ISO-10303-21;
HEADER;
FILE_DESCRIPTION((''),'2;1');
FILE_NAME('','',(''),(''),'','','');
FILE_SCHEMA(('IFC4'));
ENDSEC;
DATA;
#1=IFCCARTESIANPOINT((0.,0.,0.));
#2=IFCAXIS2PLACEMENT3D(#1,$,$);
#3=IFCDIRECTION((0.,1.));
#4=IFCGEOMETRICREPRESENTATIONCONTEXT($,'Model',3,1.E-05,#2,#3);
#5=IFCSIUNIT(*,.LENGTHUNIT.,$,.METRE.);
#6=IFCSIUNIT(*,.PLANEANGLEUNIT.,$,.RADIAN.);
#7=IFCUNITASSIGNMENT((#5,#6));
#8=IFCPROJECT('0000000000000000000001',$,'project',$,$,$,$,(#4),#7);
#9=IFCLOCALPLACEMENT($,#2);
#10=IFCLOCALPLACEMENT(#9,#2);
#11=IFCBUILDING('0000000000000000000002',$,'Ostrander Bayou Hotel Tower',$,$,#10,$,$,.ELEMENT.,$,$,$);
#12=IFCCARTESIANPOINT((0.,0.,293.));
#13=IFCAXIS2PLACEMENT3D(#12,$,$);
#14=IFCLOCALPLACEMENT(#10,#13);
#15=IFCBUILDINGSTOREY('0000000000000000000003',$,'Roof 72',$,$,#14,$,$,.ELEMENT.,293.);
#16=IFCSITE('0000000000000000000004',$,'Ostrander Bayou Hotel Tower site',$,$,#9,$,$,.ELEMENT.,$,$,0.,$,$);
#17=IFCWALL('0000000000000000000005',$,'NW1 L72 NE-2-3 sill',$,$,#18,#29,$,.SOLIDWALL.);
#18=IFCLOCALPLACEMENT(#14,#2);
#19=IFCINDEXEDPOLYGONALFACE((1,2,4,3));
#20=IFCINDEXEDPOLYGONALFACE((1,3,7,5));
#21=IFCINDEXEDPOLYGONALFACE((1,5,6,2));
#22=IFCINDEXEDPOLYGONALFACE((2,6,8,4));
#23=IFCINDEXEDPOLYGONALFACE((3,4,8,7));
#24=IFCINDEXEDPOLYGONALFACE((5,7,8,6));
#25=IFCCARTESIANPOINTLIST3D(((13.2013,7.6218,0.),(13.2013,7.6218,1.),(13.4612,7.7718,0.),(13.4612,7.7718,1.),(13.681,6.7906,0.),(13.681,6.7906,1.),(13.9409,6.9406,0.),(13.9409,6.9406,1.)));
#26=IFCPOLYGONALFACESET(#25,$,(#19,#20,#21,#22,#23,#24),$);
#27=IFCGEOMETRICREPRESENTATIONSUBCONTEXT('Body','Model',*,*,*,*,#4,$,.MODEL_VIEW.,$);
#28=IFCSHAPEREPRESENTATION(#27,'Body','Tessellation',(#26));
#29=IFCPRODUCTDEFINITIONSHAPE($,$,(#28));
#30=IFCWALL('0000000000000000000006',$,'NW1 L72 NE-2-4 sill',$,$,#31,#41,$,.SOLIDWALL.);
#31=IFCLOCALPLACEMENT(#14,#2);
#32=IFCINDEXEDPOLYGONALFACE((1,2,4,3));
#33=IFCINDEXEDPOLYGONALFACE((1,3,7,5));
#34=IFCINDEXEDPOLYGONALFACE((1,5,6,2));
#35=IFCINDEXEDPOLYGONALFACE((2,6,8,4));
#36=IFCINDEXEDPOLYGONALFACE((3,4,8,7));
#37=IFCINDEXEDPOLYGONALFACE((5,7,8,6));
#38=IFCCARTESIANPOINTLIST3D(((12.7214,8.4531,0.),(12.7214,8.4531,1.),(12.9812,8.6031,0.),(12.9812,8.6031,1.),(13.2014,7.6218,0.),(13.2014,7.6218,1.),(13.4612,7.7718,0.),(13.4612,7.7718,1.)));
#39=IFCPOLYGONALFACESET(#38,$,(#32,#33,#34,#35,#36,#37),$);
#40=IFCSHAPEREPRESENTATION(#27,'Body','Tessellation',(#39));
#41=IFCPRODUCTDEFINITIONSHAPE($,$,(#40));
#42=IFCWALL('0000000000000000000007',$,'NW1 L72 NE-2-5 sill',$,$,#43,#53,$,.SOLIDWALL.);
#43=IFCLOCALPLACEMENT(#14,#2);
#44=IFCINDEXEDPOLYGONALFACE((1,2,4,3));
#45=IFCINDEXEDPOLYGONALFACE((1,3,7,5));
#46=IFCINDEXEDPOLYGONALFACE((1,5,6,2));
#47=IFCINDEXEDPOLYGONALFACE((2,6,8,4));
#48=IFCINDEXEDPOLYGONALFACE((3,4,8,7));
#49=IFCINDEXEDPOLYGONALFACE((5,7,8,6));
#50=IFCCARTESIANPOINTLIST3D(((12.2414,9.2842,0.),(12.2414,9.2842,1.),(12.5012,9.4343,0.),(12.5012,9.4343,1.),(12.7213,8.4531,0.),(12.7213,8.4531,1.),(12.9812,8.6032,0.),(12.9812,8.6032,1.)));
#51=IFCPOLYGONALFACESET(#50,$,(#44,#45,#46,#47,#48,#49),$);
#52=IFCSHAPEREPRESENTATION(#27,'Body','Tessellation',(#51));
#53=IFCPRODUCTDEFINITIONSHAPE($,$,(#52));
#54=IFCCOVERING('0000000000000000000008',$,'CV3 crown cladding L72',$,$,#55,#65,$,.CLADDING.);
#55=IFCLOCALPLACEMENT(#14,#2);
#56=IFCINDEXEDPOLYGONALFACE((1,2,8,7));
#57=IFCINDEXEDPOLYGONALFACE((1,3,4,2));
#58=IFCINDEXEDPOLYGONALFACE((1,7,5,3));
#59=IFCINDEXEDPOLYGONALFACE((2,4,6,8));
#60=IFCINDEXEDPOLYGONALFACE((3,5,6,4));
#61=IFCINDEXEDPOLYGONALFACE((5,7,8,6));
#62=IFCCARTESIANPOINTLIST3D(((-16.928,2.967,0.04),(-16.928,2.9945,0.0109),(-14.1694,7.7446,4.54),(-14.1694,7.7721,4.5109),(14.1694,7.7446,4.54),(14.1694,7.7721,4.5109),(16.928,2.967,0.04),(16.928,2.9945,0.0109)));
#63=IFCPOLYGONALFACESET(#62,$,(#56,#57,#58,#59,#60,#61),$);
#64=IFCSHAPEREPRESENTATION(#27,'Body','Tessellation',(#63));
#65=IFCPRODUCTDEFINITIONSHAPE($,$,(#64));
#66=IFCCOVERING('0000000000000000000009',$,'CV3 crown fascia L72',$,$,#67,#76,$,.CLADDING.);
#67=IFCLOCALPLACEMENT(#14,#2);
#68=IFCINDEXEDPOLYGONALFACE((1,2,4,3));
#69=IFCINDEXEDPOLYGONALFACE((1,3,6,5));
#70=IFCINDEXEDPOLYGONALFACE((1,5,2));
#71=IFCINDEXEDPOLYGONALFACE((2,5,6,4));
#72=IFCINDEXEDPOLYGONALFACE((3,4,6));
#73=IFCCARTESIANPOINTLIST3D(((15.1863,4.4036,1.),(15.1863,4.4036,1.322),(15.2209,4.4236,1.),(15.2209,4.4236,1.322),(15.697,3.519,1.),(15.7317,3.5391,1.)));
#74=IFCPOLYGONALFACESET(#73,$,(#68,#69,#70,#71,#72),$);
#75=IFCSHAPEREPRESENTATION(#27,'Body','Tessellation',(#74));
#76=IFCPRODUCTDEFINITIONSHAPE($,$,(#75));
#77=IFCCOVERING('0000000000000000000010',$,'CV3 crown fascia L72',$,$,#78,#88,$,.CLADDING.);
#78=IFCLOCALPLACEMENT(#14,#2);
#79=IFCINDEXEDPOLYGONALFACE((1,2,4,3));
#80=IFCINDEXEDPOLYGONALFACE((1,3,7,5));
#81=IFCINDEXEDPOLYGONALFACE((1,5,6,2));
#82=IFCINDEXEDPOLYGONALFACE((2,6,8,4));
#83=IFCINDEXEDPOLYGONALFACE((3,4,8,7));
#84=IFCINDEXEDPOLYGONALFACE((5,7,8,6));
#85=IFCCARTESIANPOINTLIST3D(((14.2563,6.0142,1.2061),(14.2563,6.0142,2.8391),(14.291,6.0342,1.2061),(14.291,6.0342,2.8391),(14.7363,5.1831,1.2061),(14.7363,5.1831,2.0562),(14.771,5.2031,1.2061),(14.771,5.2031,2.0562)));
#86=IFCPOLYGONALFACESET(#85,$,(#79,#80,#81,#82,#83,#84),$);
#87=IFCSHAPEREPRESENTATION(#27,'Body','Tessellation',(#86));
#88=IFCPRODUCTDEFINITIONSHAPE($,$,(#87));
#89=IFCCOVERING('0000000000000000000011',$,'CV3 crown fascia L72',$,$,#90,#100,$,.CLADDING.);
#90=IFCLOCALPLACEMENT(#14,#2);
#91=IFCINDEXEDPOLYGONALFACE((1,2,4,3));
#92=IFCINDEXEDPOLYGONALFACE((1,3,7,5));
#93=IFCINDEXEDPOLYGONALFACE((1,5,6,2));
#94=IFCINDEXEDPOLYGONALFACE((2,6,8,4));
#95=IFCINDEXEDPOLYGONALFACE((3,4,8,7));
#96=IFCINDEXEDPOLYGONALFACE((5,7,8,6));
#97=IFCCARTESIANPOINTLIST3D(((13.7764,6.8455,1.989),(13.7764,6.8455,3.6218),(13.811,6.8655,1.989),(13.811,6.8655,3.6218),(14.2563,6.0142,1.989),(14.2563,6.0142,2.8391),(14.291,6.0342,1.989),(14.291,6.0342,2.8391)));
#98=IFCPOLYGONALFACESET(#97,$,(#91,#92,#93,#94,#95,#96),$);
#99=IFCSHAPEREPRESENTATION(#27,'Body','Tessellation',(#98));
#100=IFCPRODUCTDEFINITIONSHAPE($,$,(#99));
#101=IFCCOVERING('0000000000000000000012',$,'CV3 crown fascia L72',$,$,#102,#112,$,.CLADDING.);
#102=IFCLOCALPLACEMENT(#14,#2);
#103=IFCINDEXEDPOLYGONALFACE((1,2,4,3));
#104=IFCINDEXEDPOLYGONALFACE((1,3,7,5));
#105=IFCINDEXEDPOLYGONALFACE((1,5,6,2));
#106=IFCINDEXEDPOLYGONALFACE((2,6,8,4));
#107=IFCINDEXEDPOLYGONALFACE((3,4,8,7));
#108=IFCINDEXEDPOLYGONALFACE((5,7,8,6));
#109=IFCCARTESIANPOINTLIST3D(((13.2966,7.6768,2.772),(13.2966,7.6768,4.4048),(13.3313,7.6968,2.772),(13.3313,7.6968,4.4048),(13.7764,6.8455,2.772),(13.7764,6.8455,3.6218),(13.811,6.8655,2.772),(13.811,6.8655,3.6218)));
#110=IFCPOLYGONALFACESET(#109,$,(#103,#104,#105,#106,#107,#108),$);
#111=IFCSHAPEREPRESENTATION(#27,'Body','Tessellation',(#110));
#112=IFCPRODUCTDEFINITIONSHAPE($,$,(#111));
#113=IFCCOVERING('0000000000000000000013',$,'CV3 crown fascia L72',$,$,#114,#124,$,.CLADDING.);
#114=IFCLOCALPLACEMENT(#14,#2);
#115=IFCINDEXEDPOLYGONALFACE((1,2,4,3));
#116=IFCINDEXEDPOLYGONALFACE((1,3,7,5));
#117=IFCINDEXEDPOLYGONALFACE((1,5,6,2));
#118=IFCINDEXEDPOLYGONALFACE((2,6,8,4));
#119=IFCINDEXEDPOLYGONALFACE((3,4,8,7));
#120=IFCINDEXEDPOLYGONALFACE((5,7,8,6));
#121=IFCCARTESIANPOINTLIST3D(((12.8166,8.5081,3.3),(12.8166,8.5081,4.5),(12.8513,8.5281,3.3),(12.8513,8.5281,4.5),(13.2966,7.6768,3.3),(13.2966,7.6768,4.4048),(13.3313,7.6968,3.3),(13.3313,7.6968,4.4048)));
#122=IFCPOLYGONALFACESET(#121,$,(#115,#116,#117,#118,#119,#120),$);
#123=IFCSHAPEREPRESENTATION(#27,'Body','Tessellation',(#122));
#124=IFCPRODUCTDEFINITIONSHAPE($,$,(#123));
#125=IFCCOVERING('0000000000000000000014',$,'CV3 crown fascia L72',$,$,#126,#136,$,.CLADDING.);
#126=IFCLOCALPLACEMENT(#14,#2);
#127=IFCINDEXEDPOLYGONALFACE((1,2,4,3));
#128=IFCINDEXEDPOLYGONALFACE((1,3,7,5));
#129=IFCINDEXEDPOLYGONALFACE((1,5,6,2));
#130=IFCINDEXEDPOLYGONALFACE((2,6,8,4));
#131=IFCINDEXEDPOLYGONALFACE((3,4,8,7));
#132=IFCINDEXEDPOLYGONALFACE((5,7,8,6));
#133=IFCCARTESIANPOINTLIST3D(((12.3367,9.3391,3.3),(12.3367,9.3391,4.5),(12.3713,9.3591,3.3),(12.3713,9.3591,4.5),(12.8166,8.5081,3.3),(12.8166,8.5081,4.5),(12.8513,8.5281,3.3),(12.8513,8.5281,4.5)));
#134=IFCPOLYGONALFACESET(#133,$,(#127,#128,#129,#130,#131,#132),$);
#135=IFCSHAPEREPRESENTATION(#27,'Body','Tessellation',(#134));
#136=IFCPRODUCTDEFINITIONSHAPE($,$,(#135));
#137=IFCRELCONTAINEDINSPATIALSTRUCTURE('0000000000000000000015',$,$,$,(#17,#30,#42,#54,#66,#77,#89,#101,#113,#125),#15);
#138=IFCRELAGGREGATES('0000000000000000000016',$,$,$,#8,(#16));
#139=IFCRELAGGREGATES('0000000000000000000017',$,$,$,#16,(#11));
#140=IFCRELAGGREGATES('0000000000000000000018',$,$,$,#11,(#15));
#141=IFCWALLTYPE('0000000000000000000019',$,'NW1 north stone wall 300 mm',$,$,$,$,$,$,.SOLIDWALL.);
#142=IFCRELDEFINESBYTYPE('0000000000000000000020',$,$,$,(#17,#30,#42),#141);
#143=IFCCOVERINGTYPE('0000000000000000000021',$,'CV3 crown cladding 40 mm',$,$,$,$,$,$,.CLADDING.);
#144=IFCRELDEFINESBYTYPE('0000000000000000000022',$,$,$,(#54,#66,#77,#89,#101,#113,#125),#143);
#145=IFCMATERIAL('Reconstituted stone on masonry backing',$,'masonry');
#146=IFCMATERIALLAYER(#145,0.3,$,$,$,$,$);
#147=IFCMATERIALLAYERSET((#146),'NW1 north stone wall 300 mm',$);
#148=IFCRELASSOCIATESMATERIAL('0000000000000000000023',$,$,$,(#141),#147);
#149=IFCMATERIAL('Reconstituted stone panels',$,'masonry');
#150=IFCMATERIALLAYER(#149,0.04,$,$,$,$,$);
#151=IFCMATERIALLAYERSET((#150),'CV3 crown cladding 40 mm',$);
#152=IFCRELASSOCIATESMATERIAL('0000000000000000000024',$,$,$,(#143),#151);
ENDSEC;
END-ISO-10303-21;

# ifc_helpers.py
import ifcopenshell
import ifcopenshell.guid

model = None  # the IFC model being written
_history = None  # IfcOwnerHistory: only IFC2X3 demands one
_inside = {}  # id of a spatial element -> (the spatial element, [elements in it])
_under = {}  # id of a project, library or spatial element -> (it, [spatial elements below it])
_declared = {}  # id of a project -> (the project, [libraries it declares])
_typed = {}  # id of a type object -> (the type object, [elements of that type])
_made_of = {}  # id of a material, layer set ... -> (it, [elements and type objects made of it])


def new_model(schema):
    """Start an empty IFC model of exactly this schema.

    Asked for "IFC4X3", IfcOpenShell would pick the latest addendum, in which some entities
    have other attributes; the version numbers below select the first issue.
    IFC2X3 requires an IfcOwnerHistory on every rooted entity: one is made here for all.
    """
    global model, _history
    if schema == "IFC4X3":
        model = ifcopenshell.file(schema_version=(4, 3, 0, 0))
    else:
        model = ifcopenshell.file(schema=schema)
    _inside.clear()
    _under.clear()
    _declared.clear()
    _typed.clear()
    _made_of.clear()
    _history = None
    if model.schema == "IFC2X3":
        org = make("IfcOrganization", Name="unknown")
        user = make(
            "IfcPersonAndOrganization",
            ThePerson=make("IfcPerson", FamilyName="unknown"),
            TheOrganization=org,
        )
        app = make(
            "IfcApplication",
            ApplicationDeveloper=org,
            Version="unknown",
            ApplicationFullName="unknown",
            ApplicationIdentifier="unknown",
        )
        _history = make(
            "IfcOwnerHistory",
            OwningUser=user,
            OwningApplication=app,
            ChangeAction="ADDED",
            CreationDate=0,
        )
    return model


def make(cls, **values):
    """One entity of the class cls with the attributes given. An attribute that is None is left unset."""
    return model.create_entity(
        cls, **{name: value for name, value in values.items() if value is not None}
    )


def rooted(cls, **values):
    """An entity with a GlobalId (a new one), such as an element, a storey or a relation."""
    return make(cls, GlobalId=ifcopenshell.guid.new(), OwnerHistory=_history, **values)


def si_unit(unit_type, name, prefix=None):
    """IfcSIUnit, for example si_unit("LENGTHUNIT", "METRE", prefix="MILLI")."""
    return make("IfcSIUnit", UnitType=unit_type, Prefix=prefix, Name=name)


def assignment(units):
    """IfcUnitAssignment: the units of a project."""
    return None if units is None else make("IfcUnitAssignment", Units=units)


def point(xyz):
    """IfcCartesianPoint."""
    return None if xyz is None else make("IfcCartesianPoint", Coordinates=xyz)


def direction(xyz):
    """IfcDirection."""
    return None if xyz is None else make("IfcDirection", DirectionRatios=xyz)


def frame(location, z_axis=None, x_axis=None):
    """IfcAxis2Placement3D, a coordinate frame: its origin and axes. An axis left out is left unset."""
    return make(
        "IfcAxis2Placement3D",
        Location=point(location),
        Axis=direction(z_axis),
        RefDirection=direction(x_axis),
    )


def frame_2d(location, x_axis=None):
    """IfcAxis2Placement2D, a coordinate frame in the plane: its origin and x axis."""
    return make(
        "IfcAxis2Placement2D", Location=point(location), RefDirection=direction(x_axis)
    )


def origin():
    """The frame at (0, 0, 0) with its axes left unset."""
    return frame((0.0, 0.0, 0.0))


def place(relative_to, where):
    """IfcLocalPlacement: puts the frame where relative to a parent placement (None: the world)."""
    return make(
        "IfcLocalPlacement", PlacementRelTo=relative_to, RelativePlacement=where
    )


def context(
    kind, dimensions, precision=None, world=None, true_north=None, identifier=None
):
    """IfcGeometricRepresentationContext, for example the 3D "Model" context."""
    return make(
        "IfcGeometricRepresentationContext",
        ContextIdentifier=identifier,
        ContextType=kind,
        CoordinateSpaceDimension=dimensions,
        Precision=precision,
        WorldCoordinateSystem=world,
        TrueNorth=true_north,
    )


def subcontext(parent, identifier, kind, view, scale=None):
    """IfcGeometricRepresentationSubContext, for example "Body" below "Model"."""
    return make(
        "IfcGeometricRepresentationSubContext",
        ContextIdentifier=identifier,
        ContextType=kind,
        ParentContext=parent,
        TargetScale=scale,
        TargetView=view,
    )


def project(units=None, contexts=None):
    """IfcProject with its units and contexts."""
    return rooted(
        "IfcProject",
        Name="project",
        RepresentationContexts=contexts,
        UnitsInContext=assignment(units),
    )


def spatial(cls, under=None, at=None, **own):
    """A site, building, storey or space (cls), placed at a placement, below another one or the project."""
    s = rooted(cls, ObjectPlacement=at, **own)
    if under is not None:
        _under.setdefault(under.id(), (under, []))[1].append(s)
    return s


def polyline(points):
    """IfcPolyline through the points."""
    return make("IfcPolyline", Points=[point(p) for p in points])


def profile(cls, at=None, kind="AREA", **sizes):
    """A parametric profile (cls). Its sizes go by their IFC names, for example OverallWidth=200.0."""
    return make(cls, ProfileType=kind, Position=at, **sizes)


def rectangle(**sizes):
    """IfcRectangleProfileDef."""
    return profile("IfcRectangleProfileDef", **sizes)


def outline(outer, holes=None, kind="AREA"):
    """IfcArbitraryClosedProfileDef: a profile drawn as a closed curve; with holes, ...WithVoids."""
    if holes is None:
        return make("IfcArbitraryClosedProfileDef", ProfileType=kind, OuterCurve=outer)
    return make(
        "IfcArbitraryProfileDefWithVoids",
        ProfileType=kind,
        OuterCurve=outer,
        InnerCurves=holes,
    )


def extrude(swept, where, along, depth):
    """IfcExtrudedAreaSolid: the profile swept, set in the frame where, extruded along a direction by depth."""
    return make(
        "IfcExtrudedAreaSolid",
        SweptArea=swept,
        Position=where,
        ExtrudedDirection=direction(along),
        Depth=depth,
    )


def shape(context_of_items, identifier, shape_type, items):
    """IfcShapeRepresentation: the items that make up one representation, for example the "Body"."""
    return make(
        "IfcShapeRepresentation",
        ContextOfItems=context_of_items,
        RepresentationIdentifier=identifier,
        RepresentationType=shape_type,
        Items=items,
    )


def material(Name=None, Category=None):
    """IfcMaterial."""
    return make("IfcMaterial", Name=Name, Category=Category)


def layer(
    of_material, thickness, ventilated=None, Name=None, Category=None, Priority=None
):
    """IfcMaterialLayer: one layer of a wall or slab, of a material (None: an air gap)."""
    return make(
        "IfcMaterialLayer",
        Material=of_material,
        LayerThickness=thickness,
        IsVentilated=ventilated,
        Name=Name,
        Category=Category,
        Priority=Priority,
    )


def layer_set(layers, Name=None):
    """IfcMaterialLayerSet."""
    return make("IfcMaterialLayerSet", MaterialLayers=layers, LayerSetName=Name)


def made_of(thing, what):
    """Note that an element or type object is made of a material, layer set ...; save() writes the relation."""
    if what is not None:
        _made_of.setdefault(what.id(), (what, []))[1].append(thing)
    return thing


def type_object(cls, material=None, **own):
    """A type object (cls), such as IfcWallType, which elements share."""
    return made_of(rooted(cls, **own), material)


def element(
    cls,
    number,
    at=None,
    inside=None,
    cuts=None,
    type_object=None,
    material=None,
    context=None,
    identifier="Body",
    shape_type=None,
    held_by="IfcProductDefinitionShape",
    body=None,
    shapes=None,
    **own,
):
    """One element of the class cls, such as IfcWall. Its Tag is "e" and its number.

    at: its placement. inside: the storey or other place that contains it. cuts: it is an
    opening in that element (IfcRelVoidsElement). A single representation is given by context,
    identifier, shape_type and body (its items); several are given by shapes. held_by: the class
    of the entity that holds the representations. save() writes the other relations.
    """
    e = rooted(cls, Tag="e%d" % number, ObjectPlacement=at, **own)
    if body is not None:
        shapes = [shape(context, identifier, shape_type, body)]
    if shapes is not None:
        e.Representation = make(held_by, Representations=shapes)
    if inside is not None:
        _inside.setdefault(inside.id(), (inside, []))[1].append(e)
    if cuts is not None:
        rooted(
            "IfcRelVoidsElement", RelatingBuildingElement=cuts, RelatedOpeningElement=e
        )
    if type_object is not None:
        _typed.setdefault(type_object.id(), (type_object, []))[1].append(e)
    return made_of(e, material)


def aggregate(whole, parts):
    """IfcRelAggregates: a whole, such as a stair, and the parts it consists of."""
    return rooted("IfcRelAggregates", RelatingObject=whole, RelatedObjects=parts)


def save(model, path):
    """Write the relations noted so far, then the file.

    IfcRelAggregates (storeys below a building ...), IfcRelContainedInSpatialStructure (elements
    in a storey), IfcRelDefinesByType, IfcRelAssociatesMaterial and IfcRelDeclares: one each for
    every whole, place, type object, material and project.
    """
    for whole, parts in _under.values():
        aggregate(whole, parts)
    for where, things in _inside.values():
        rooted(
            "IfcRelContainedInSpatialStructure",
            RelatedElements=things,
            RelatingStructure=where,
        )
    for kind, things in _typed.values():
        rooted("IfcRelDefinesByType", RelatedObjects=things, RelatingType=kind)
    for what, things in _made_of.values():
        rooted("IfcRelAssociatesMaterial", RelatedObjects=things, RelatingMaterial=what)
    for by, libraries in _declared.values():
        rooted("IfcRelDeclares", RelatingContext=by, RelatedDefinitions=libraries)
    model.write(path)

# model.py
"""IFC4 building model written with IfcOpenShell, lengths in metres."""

from ifc_helpers import new_model, si_unit, direction, frame, frame_2d, origin, place, context, subcontext, project, spatial, polyline, rectangle, outline, extrude, material, layer, layer_set, type_object, element, save


model = new_model("IFC4")

# Units and contexts
model_context = context("Model", 3, precision=1e-05, world=origin(), true_north=direction((0.0, 1.0)))
body_context = subcontext(model_context, "Body", "Model", "MODEL_VIEW")
ifc_project = project(units=[si_unit("LENGTHUNIT", "METRE"), si_unit("PLANEANGLEUNIT", "RADIAN")], contexts=[model_context])

# Site, building, storey
site_placement = place(None, origin())
site = spatial("IfcSite", under=ifc_project, at=site_placement, Name="Ostrander Bayou Hotel Tower site", CompositionType="ELEMENT", RefElevation=0.0)
building_placement = place(site_placement, origin())
building = spatial("IfcBuilding", under=site, at=building_placement, Name="Ostrander Bayou Hotel Tower", CompositionType="ELEMENT")
storey_placement = place(building_placement, frame((0.0, 0.0, 293.0)))
storey = spatial("IfcBuildingStorey", under=building, at=storey_placement, Name="Roof 72", CompositionType="ELEMENT", Elevation=293.0)

# Walls
ifc_material_1 = material(Name="Reconstituted stone on masonry backing", Category="masonry")
ifc_layer_1 = layer(ifc_material_1, 0.3)
ifc_layer_set_1 = layer_set([ifc_layer_1], Name="NW1 north stone wall 300 mm")
wall_type = type_object("IfcWallType", Name="NW1 north stone wall 300 mm", PredefinedType="SOLIDWALL", material=ifc_layer_set_1)
wall_1_placement = place(storey_placement, frame((13.811, 6.8655, 0.0), z_axis=(0.0, 0.0, 1.0), x_axis=(-0.499833, 0.866122, 0.0)))
element("IfcWall", 1, at=wall_1_placement, inside=storey, type_object=wall_type, Name="NW1 L72 NE-2-3 sill", PredefinedType="SOLIDWALL", context=body_context, shape_type="SweptSolid", body=[
    extrude(rectangle(XDim=0.9597, YDim=0.3, at=frame_2d((0.48, 0.0))), origin(), (0.0, 0.0, 1.0), 1.0),
])
wall_2_placement = place(storey_placement, frame((13.3313, 7.6968, 0.0), z_axis=(0.0, 0.0, 1.0), x_axis=(-0.500023, 0.866012, 0.0)))
element("IfcWall", 2, at=wall_2_placement, inside=storey, type_object=wall_type, Name="NW1 L72 NE-2-4 sill", PredefinedType="SOLIDWALL", context=body_context, shape_type="SweptSolid", body=[
    extrude(rectangle(XDim=0.96, YDim=0.3, at=frame_2d((0.48, 0.0))), origin(), (0.0, 0.0, 1.0), 1.0),
])
wall_3_placement = place(storey_placement, frame((12.8513, 8.5281, 0.0), z_axis=(0.0, 0.0, 1.0), x_axis=(-0.500133, 0.865948, 0.0)))
element("IfcWall", 3, at=wall_3_placement, inside=storey, type_object=wall_type, Name="NW1 L72 NE-2-5 sill", PredefinedType="SOLIDWALL", context=body_context, shape_type="SweptSolid", body=[
    extrude(rectangle(XDim=0.9597, YDim=0.3, at=frame_2d((0.48, 0.0))), origin(), (0.0, 0.0, 1.0), 1.0),
])

# Coverings
ifc_material_2 = material(Name="Reconstituted stone panels", Category="masonry")
ifc_layer_2 = layer(ifc_material_2, 0.04)
ifc_layer_set_2 = layer_set([ifc_layer_2], Name="CV3 crown cladding 40 mm")
covering_type = type_object("IfcCoveringType", Name="CV3 crown cladding 40 mm", PredefinedType="CLADDING", material=ifc_layer_set_2)
covering_1_placement = place(storey_placement, frame((16.928, 2.967, 0.04), z_axis=(0.0, -0.685643, 0.727938), x_axis=(-1.0, 0.0, 0.0)))
element("IfcCovering", 4, at=covering_1_placement, inside=storey, type_object=covering_type, Name="CV3 crown cladding L72", PredefinedType="CLADDING", context=body_context, shape_type="SweptSolid", body=[
    extrude(outline(polyline([(0.0, 0.0), (33.856, 0.0), (31.0974, -6.5632), (2.7585, -6.5632), (0.0, 0.0)])), origin(), (0.0, 0.0, -1.0), 0.04),
])
covering_2_placement = place(storey_placement, frame((15.7317, 3.5391, 1.0), z_axis=(0.865998, 0.500047, 0.0), x_axis=(-0.500047, 0.865998, 0.0)))
element("IfcCovering", 5, at=covering_2_placement, inside=storey, type_object=covering_type, Name="CV3 crown fascia L72", PredefinedType="CLADDING", context=body_context, shape_type="SweptSolid", body=[
    extrude(outline(polyline([(0.0, 0.0), (1.0214, 0.0), (1.0214, 0.322), (0.0, 0.0), (0.0, 0.0)])), origin(), (0.0, 0.0, -1.0), 0.04),
])
covering_3_placement = place(storey_placement, frame((14.771, 5.2031, 1.2061), z_axis=(0.865948, 0.500133, 0.0), x_axis=(-0.500133, 0.865948, 0.0)))
element("IfcCovering", 6, at=covering_3_placement, inside=storey, type_object=covering_type, Name="CV3 crown fascia L72", PredefinedType="CLADDING", context=body_context, shape_type="SweptSolid", body=[
    extrude(outline(polyline([(0.0, 0.0), (0.9597, 0.0), (0.9597, 1.6331), (0.0, 0.8501), (0.0, 0.0)])), origin(), (0.0, 0.0, -1.0), 0.04),
])
covering_4_placement = place(storey_placement, frame((14.291, 6.0342, 1.989), z_axis=(0.866012, 0.500023, 0.0), x_axis=(-0.500023, 0.866012, 0.0)))
element("IfcCovering", 7, at=covering_4_placement, inside=storey, type_object=covering_type, Name="CV3 crown fascia L72", PredefinedType="CLADDING", context=body_context, shape_type="SweptSolid", body=[
    extrude(outline(polyline([(0.0, 0.0), (0.9599, 0.0), (0.9599, 1.6328), (0.0, 0.8501), (0.0, 0.0)])), origin(), (0.0, 0.0, -1.0), 0.04),
])
covering_5_placement = place(storey_placement, frame((13.811, 6.8655, 2.772), z_axis=(0.866122, 0.499833, 0.0), x_axis=(-0.499833, 0.866122, 0.0)))
element("IfcCovering", 8, at=covering_5_placement, inside=storey, type_object=covering_type, Name="CV3 crown fascia L72", PredefinedType="CLADDING", context=body_context, shape_type="SweptSolid", body=[
    extrude(outline(polyline([(0.0, 0.0), (0.9598, 0.0), (0.9598, 1.6328), (0.0, 0.8499), (0.0, 0.0)])), origin(), (0.0, 0.0, -1.0), 0.04),
])
covering_6_placement = place(storey_placement, frame((13.3313, 7.6968, 3.3), z_axis=(0.866012, 0.500023, 0.0), x_axis=(-0.500023, 0.866012, 0.0)))
element("IfcCovering", 9, at=covering_6_placement, inside=storey, type_object=covering_type, Name="CV3 crown fascia L72", PredefinedType="CLADDING", context=body_context, shape_type="SweptSolid", body=[
    extrude(outline(polyline([(0.0, 0.0), (0.9599, 0.0), (0.9599, 1.2), (0.0, 1.1047), (0.0, 0.0)])), origin(), (0.0, 0.0, -1.0), 0.04),
])
covering_7_placement = place(storey_placement, frame((12.8513, 8.5281, 3.3), z_axis=(0.865948, 0.500133, 0.0), x_axis=(-0.500133, 0.865948, 0.0)))
element("IfcCovering", 10, at=covering_7_placement, inside=storey, type_object=covering_type, Name="CV3 crown fascia L72", PredefinedType="CLADDING", context=body_context, shape_type="SweptSolid", body=[
    extrude(outline(polyline([(0.0, 0.0), (0.9597, 0.0), (0.9597, 1.2), (0.0, 1.2), (0.0, 0.0)])), origin(), (0.0, 0.0, -1.0), 0.04),
])

save(model, "model.ifc")
